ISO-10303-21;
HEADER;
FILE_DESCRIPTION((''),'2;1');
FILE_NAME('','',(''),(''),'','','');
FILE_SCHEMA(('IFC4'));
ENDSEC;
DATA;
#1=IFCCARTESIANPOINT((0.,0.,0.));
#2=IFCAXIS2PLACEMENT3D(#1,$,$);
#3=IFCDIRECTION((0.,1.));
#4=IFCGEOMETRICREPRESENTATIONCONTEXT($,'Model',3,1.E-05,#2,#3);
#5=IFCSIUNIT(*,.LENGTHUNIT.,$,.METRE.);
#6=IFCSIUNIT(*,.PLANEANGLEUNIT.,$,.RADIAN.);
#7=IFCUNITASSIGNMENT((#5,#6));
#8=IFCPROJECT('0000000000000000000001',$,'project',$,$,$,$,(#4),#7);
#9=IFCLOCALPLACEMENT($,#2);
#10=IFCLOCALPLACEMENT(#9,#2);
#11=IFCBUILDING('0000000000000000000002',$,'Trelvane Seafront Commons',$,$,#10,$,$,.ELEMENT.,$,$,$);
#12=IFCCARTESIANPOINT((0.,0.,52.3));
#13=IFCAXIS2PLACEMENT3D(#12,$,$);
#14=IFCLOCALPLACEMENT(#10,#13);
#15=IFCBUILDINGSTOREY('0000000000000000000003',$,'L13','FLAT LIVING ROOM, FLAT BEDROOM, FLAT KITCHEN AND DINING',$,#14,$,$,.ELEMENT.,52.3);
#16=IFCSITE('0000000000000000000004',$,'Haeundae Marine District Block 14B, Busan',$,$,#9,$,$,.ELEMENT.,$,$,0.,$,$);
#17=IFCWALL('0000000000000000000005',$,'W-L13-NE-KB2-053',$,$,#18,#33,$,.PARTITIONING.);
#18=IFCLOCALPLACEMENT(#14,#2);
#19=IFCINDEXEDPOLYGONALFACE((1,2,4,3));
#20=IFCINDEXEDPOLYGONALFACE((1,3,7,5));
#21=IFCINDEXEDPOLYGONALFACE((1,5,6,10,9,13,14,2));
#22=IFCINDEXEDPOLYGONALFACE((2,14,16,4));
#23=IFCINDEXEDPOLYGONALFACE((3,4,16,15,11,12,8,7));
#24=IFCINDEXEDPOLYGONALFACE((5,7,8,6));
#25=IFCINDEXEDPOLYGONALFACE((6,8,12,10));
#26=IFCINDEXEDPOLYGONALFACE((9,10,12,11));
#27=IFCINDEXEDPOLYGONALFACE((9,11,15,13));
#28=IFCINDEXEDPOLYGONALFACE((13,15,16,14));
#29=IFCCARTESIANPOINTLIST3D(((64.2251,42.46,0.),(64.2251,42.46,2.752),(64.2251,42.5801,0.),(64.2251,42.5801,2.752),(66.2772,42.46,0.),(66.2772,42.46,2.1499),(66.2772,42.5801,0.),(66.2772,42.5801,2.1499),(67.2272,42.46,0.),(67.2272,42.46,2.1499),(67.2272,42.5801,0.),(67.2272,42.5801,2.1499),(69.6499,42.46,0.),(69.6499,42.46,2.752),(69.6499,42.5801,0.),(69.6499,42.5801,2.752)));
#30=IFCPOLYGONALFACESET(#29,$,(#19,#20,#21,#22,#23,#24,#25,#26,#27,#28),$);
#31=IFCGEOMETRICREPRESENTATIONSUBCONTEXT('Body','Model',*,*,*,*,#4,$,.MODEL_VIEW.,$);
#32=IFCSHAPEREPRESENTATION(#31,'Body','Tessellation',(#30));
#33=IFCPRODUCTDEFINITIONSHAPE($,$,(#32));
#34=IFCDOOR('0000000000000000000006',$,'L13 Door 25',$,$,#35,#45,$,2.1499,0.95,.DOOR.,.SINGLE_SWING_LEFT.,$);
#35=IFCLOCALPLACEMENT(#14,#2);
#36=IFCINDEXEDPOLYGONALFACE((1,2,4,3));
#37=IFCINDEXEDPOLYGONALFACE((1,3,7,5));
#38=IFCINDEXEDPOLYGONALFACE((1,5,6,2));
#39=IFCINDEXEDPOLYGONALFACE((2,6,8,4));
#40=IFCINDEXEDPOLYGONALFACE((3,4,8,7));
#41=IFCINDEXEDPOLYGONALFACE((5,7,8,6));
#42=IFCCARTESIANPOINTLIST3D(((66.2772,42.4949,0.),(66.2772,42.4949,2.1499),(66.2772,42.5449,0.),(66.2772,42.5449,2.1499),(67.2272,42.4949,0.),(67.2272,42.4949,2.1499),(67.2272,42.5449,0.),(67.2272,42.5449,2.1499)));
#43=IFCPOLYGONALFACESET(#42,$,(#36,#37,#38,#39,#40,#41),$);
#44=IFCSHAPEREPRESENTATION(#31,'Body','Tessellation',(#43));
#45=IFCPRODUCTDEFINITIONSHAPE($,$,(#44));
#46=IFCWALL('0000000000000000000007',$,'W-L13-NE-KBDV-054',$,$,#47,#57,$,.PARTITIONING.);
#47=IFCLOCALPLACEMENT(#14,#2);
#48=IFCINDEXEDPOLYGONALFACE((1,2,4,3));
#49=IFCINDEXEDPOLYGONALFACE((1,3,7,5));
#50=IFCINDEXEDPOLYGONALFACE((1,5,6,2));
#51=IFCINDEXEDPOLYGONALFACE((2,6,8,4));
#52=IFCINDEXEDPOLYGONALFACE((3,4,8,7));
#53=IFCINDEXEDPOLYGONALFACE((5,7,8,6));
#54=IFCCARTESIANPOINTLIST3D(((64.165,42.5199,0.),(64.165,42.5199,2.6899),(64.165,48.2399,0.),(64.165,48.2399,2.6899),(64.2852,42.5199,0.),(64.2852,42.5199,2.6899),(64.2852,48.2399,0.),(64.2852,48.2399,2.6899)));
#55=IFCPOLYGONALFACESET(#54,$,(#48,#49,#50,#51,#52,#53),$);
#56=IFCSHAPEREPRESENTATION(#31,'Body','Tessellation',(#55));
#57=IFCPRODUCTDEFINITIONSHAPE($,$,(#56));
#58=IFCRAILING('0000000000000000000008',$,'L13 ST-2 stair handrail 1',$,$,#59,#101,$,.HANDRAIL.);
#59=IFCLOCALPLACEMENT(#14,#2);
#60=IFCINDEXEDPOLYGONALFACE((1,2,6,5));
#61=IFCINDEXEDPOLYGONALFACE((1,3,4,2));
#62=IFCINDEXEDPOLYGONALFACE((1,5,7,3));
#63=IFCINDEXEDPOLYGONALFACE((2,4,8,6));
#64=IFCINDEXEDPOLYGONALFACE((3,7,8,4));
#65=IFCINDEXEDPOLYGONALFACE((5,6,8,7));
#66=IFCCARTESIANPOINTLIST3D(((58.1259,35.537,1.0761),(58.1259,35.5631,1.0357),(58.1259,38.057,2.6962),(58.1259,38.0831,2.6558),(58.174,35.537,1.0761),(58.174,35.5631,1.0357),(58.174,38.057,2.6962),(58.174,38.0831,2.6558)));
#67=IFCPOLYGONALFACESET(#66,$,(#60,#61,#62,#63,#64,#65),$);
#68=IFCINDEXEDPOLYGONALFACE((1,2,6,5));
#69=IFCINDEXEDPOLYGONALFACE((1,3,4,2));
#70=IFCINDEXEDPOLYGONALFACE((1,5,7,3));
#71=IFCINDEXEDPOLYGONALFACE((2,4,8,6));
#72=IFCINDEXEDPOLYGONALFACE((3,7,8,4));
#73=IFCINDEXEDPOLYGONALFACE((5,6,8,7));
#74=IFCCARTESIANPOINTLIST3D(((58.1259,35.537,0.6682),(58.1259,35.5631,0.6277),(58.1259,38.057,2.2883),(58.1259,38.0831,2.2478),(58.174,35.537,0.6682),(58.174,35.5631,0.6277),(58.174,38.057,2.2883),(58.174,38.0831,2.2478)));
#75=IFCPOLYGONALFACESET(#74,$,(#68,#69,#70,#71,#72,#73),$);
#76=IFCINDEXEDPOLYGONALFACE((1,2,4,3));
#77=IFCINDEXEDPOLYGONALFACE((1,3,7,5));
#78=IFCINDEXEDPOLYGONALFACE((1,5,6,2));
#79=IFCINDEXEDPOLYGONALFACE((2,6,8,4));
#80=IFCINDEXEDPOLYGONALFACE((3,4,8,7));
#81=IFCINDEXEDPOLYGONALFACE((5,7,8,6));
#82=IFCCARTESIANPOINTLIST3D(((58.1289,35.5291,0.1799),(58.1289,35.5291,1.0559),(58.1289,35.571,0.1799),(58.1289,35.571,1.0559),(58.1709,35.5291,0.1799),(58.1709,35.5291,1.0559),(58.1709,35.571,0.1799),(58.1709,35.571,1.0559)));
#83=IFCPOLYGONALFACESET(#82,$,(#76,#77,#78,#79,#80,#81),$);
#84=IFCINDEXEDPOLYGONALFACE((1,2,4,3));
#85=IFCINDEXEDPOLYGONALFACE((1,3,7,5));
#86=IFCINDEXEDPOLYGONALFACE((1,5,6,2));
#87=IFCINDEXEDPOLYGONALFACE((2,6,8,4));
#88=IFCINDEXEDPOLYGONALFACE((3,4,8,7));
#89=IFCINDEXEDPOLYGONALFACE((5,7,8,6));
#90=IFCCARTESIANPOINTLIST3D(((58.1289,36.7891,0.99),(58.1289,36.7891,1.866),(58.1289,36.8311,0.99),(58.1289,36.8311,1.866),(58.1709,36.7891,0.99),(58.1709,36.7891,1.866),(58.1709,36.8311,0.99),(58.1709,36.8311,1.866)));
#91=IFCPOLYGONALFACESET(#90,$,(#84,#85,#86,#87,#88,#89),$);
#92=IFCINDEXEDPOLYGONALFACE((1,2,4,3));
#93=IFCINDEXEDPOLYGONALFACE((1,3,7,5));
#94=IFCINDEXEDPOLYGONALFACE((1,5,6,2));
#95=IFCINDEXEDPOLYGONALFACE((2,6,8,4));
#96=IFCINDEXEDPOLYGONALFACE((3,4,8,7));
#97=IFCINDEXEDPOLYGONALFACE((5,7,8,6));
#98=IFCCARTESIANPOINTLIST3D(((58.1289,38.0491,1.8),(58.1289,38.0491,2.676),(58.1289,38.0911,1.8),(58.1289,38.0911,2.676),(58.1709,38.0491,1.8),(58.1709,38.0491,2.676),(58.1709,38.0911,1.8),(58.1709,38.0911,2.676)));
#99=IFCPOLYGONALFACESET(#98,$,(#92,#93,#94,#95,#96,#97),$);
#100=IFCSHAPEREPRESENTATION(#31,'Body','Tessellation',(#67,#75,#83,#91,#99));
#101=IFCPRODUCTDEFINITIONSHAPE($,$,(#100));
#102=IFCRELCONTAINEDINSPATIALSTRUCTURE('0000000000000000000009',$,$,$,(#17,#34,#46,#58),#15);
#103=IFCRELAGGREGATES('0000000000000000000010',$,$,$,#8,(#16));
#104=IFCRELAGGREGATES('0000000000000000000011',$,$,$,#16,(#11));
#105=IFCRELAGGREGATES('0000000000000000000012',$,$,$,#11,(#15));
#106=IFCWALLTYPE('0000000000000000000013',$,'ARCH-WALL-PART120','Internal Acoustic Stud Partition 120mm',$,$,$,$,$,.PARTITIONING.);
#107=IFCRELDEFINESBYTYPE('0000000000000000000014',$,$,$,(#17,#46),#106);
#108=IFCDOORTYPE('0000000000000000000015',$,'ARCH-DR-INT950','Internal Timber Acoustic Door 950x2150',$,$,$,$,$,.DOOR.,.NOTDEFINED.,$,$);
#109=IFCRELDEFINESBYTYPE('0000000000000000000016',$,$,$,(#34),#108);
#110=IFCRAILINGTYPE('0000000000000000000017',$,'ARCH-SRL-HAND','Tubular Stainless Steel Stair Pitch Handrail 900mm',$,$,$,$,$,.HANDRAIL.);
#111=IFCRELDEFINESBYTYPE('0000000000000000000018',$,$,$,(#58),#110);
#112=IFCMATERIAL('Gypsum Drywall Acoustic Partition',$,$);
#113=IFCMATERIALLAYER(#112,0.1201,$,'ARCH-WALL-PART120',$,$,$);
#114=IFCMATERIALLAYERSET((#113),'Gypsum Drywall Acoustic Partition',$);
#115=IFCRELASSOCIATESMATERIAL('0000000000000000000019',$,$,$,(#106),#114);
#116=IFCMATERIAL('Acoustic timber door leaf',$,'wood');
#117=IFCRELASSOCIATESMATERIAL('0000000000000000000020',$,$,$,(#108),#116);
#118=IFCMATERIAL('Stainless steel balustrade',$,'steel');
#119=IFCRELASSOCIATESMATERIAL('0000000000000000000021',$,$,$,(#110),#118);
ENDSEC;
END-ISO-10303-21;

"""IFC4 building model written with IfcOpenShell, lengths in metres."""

from ifc_helpers import new_model, si_unit, direction, frame, frame_2d, origin, origin_2d, place, context, subcontext, project, spatial, rectangle, extrude, source, transform, mapped, material, layer, layer_set, type_object, element, fill, save


model = new_model("IFC4")

# Units and contexts
model_context = context("Model", 3, precision=1e-05, world=origin(), true_north=direction((0.0, 1.0)))
body_context = subcontext(model_context, "Body", "Model", "MODEL_VIEW")
ifc_project = project(units=[si_unit("LENGTHUNIT", "METRE"), si_unit("PLANEANGLEUNIT", "RADIAN")], contexts=[model_context])

# Site, building, storey
site_placement = place(None, origin())
site = spatial("IfcSite", under=ifc_project, at=site_placement, Name="Haeundae Marine District Block 14B, Busan", CompositionType="ELEMENT", RefElevation=0.0)
building_placement = place(site_placement, origin())
building = spatial("IfcBuilding", under=site, at=building_placement, Name="Trelvane Seafront Commons", CompositionType="ELEMENT")
storey_placement = place(building_placement, frame((0.0, 0.0, 52.3)))
storey = spatial("IfcBuildingStorey", under=building, at=storey_placement, Name="L13", Description="FLAT LIVING ROOM, FLAT BEDROOM, FLAT KITCHEN AND DINING", CompositionType="ELEMENT", Elevation=52.3)

# Shared definitions
ifc_material_1 = material(Name="Gypsum Drywall Acoustic Partition")
ifc_layer_1 = layer(ifc_material_1, 0.1201, Name="ARCH-WALL-PART120")
ifc_layer_set_1 = layer_set([ifc_layer_1], Name="Gypsum Drywall Acoustic Partition")
wall_type_1 = type_object("IfcWallType", Name="ARCH-WALL-PART120", Description="Internal Acoustic Stud Partition 120mm", PredefinedType="PARTITIONING", material=ifc_layer_set_1)

# Wall, opening, door
ifc_material_2 = material(Name="Acoustic timber door leaf", Category="wood")
door_type_1 = type_object("IfcDoorType", Name="ARCH-DR-INT950", Description="Internal Timber Acoustic Door 950x2150", OperationType="NOTDEFINED", PredefinedType="DOOR", material=ifc_material_2)
shared_shape_1 = source(origin(), body_context, "Body", "SweptSolid", [
    extrude(rectangle(XDim=0.95, YDim=2.1499, at=frame_2d((0.4751, 1.075))), frame((0.0, 0.0249, 0.0), z_axis=(0.0, -1.0, 0.0), x_axis=(1.0, 0.0, 0.0)), (0.0, 0.0, 1.0), 0.05),
])
wall_1_placement = place(storey_placement, frame((64.2251, 42.52, 0.0), z_axis=(0.0, 0.0, 1.0), x_axis=(1.0, 0.0, 0.0)))
wall_1 = element("IfcWall", 1, at=wall_1_placement, inside=storey, type_object=wall_type_1, Name="W-L13-NE-KB2-053", PredefinedType="PARTITIONING", context=body_context, shape_type="SweptSolid", body=[
    extrude(rectangle(XDim=5.4248, YDim=0.1201, at=frame_2d((2.7124, 0.0))), origin(), (0.0, 0.0, 1.0), 2.752),
])
opening_1_placement = place(wall_1_placement, frame((2.052, 0.0, 0.0)))
opening_1 = element("IfcOpeningElement", 2, at=opening_1_placement, cuts=wall_1, PredefinedType="OPENING", context=body_context, shape_type="SweptSolid", body=[
    extrude(rectangle(XDim=0.95, YDim=2.1499, at=frame_2d((0.4751, 1.075))), frame((0.0, 0.0701, 0.0), z_axis=(0.0, -1.0, 0.0), x_axis=(1.0, 0.0, 0.0)), (0.0, 0.0, 1.0), 0.1401),
])
door_1_placement = place(opening_1_placement, origin())
door_1 = element("IfcDoor", 3, at=door_1_placement, inside=storey, type_object=door_type_1, Name="L13 Door 25", OperationType="SINGLE_SWING_LEFT", OverallHeight=2.1499, OverallWidth=0.95, PredefinedType="DOOR", context=body_context, shape_type="MappedRepresentation", body=[
    mapped(shared_shape_1, transform((0.0, 0.0, 0.0), x_axis=(1.0, 0.0, 0.0), y_axis=(0.0, 1.0, 0.0), z_axis=(0.0, 0.0, 1.0), scale=1.0)),
])
fill(opening_1, door_1)

# Wall
wall_2_placement = place(storey_placement, frame((64.2251, 42.52, 0.0), z_axis=(0.0, 0.0, 1.0), x_axis=(0.0, 1.0, 0.0)))
element("IfcWall", 4, at=wall_2_placement, inside=storey, type_object=wall_type_1, Name="W-L13-NE-KBDV-054", PredefinedType="PARTITIONING", context=body_context, shape_type="SweptSolid", body=[
    extrude(rectangle(XDim=5.72, YDim=0.1201, at=frame_2d((2.8599, 0.0))), origin(), (0.0, 0.0, 1.0), 2.6899),
])

# Railing
ifc_material_3 = material(Name="Stainless steel balustrade", Category="steel")
railing_type = type_object("IfcRailingType", Name="ARCH-SRL-HAND", Description="Tubular Stainless Steel Stair Pitch Handrail 900mm", PredefinedType="HANDRAIL", material=ifc_material_3)
railing_placement = place(storey_placement, frame((58.1499, 35.55, 0.1799)))
element("IfcRailing", 5, at=railing_placement, inside=storey, type_object=railing_type, Name="L13 ST-2 stair handrail 1", PredefinedType="HANDRAIL", context=body_context, shape_type="SweptSolid", body=[
    extrude(rectangle(XDim=0.0481, YDim=0.0481, at=origin_2d()), frame((0.0, 0.0, 0.876), z_axis=(0.0, 0.841163, 0.540782), x_axis=(-1.0, 0.0, 0.0)), (0.0, 0.0, 1.0), 2.9958),
    extrude(rectangle(XDim=0.0481, YDim=0.0481, at=origin_2d()), frame((0.0, 0.0, 0.468), z_axis=(0.0, 0.841163, 0.540782), x_axis=(-1.0, 0.0, 0.0)), (0.0, 0.0, 1.0), 2.9958),
    extrude(rectangle(XDim=0.042, YDim=0.042, at=origin_2d()), origin(), (0.0, 0.0, 1.0), 0.876),
    extrude(rectangle(XDim=0.042, YDim=0.042, at=origin_2d()), frame((0.0, 1.26, 0.8101)), (0.0, 0.0, 1.0), 0.876),
    extrude(rectangle(XDim=0.042, YDim=0.042, at=origin_2d()), frame((0.0, 2.52, 1.6201)), (0.0, 0.0, 1.0), 0.876),
])

save(model, "model.ifc")
